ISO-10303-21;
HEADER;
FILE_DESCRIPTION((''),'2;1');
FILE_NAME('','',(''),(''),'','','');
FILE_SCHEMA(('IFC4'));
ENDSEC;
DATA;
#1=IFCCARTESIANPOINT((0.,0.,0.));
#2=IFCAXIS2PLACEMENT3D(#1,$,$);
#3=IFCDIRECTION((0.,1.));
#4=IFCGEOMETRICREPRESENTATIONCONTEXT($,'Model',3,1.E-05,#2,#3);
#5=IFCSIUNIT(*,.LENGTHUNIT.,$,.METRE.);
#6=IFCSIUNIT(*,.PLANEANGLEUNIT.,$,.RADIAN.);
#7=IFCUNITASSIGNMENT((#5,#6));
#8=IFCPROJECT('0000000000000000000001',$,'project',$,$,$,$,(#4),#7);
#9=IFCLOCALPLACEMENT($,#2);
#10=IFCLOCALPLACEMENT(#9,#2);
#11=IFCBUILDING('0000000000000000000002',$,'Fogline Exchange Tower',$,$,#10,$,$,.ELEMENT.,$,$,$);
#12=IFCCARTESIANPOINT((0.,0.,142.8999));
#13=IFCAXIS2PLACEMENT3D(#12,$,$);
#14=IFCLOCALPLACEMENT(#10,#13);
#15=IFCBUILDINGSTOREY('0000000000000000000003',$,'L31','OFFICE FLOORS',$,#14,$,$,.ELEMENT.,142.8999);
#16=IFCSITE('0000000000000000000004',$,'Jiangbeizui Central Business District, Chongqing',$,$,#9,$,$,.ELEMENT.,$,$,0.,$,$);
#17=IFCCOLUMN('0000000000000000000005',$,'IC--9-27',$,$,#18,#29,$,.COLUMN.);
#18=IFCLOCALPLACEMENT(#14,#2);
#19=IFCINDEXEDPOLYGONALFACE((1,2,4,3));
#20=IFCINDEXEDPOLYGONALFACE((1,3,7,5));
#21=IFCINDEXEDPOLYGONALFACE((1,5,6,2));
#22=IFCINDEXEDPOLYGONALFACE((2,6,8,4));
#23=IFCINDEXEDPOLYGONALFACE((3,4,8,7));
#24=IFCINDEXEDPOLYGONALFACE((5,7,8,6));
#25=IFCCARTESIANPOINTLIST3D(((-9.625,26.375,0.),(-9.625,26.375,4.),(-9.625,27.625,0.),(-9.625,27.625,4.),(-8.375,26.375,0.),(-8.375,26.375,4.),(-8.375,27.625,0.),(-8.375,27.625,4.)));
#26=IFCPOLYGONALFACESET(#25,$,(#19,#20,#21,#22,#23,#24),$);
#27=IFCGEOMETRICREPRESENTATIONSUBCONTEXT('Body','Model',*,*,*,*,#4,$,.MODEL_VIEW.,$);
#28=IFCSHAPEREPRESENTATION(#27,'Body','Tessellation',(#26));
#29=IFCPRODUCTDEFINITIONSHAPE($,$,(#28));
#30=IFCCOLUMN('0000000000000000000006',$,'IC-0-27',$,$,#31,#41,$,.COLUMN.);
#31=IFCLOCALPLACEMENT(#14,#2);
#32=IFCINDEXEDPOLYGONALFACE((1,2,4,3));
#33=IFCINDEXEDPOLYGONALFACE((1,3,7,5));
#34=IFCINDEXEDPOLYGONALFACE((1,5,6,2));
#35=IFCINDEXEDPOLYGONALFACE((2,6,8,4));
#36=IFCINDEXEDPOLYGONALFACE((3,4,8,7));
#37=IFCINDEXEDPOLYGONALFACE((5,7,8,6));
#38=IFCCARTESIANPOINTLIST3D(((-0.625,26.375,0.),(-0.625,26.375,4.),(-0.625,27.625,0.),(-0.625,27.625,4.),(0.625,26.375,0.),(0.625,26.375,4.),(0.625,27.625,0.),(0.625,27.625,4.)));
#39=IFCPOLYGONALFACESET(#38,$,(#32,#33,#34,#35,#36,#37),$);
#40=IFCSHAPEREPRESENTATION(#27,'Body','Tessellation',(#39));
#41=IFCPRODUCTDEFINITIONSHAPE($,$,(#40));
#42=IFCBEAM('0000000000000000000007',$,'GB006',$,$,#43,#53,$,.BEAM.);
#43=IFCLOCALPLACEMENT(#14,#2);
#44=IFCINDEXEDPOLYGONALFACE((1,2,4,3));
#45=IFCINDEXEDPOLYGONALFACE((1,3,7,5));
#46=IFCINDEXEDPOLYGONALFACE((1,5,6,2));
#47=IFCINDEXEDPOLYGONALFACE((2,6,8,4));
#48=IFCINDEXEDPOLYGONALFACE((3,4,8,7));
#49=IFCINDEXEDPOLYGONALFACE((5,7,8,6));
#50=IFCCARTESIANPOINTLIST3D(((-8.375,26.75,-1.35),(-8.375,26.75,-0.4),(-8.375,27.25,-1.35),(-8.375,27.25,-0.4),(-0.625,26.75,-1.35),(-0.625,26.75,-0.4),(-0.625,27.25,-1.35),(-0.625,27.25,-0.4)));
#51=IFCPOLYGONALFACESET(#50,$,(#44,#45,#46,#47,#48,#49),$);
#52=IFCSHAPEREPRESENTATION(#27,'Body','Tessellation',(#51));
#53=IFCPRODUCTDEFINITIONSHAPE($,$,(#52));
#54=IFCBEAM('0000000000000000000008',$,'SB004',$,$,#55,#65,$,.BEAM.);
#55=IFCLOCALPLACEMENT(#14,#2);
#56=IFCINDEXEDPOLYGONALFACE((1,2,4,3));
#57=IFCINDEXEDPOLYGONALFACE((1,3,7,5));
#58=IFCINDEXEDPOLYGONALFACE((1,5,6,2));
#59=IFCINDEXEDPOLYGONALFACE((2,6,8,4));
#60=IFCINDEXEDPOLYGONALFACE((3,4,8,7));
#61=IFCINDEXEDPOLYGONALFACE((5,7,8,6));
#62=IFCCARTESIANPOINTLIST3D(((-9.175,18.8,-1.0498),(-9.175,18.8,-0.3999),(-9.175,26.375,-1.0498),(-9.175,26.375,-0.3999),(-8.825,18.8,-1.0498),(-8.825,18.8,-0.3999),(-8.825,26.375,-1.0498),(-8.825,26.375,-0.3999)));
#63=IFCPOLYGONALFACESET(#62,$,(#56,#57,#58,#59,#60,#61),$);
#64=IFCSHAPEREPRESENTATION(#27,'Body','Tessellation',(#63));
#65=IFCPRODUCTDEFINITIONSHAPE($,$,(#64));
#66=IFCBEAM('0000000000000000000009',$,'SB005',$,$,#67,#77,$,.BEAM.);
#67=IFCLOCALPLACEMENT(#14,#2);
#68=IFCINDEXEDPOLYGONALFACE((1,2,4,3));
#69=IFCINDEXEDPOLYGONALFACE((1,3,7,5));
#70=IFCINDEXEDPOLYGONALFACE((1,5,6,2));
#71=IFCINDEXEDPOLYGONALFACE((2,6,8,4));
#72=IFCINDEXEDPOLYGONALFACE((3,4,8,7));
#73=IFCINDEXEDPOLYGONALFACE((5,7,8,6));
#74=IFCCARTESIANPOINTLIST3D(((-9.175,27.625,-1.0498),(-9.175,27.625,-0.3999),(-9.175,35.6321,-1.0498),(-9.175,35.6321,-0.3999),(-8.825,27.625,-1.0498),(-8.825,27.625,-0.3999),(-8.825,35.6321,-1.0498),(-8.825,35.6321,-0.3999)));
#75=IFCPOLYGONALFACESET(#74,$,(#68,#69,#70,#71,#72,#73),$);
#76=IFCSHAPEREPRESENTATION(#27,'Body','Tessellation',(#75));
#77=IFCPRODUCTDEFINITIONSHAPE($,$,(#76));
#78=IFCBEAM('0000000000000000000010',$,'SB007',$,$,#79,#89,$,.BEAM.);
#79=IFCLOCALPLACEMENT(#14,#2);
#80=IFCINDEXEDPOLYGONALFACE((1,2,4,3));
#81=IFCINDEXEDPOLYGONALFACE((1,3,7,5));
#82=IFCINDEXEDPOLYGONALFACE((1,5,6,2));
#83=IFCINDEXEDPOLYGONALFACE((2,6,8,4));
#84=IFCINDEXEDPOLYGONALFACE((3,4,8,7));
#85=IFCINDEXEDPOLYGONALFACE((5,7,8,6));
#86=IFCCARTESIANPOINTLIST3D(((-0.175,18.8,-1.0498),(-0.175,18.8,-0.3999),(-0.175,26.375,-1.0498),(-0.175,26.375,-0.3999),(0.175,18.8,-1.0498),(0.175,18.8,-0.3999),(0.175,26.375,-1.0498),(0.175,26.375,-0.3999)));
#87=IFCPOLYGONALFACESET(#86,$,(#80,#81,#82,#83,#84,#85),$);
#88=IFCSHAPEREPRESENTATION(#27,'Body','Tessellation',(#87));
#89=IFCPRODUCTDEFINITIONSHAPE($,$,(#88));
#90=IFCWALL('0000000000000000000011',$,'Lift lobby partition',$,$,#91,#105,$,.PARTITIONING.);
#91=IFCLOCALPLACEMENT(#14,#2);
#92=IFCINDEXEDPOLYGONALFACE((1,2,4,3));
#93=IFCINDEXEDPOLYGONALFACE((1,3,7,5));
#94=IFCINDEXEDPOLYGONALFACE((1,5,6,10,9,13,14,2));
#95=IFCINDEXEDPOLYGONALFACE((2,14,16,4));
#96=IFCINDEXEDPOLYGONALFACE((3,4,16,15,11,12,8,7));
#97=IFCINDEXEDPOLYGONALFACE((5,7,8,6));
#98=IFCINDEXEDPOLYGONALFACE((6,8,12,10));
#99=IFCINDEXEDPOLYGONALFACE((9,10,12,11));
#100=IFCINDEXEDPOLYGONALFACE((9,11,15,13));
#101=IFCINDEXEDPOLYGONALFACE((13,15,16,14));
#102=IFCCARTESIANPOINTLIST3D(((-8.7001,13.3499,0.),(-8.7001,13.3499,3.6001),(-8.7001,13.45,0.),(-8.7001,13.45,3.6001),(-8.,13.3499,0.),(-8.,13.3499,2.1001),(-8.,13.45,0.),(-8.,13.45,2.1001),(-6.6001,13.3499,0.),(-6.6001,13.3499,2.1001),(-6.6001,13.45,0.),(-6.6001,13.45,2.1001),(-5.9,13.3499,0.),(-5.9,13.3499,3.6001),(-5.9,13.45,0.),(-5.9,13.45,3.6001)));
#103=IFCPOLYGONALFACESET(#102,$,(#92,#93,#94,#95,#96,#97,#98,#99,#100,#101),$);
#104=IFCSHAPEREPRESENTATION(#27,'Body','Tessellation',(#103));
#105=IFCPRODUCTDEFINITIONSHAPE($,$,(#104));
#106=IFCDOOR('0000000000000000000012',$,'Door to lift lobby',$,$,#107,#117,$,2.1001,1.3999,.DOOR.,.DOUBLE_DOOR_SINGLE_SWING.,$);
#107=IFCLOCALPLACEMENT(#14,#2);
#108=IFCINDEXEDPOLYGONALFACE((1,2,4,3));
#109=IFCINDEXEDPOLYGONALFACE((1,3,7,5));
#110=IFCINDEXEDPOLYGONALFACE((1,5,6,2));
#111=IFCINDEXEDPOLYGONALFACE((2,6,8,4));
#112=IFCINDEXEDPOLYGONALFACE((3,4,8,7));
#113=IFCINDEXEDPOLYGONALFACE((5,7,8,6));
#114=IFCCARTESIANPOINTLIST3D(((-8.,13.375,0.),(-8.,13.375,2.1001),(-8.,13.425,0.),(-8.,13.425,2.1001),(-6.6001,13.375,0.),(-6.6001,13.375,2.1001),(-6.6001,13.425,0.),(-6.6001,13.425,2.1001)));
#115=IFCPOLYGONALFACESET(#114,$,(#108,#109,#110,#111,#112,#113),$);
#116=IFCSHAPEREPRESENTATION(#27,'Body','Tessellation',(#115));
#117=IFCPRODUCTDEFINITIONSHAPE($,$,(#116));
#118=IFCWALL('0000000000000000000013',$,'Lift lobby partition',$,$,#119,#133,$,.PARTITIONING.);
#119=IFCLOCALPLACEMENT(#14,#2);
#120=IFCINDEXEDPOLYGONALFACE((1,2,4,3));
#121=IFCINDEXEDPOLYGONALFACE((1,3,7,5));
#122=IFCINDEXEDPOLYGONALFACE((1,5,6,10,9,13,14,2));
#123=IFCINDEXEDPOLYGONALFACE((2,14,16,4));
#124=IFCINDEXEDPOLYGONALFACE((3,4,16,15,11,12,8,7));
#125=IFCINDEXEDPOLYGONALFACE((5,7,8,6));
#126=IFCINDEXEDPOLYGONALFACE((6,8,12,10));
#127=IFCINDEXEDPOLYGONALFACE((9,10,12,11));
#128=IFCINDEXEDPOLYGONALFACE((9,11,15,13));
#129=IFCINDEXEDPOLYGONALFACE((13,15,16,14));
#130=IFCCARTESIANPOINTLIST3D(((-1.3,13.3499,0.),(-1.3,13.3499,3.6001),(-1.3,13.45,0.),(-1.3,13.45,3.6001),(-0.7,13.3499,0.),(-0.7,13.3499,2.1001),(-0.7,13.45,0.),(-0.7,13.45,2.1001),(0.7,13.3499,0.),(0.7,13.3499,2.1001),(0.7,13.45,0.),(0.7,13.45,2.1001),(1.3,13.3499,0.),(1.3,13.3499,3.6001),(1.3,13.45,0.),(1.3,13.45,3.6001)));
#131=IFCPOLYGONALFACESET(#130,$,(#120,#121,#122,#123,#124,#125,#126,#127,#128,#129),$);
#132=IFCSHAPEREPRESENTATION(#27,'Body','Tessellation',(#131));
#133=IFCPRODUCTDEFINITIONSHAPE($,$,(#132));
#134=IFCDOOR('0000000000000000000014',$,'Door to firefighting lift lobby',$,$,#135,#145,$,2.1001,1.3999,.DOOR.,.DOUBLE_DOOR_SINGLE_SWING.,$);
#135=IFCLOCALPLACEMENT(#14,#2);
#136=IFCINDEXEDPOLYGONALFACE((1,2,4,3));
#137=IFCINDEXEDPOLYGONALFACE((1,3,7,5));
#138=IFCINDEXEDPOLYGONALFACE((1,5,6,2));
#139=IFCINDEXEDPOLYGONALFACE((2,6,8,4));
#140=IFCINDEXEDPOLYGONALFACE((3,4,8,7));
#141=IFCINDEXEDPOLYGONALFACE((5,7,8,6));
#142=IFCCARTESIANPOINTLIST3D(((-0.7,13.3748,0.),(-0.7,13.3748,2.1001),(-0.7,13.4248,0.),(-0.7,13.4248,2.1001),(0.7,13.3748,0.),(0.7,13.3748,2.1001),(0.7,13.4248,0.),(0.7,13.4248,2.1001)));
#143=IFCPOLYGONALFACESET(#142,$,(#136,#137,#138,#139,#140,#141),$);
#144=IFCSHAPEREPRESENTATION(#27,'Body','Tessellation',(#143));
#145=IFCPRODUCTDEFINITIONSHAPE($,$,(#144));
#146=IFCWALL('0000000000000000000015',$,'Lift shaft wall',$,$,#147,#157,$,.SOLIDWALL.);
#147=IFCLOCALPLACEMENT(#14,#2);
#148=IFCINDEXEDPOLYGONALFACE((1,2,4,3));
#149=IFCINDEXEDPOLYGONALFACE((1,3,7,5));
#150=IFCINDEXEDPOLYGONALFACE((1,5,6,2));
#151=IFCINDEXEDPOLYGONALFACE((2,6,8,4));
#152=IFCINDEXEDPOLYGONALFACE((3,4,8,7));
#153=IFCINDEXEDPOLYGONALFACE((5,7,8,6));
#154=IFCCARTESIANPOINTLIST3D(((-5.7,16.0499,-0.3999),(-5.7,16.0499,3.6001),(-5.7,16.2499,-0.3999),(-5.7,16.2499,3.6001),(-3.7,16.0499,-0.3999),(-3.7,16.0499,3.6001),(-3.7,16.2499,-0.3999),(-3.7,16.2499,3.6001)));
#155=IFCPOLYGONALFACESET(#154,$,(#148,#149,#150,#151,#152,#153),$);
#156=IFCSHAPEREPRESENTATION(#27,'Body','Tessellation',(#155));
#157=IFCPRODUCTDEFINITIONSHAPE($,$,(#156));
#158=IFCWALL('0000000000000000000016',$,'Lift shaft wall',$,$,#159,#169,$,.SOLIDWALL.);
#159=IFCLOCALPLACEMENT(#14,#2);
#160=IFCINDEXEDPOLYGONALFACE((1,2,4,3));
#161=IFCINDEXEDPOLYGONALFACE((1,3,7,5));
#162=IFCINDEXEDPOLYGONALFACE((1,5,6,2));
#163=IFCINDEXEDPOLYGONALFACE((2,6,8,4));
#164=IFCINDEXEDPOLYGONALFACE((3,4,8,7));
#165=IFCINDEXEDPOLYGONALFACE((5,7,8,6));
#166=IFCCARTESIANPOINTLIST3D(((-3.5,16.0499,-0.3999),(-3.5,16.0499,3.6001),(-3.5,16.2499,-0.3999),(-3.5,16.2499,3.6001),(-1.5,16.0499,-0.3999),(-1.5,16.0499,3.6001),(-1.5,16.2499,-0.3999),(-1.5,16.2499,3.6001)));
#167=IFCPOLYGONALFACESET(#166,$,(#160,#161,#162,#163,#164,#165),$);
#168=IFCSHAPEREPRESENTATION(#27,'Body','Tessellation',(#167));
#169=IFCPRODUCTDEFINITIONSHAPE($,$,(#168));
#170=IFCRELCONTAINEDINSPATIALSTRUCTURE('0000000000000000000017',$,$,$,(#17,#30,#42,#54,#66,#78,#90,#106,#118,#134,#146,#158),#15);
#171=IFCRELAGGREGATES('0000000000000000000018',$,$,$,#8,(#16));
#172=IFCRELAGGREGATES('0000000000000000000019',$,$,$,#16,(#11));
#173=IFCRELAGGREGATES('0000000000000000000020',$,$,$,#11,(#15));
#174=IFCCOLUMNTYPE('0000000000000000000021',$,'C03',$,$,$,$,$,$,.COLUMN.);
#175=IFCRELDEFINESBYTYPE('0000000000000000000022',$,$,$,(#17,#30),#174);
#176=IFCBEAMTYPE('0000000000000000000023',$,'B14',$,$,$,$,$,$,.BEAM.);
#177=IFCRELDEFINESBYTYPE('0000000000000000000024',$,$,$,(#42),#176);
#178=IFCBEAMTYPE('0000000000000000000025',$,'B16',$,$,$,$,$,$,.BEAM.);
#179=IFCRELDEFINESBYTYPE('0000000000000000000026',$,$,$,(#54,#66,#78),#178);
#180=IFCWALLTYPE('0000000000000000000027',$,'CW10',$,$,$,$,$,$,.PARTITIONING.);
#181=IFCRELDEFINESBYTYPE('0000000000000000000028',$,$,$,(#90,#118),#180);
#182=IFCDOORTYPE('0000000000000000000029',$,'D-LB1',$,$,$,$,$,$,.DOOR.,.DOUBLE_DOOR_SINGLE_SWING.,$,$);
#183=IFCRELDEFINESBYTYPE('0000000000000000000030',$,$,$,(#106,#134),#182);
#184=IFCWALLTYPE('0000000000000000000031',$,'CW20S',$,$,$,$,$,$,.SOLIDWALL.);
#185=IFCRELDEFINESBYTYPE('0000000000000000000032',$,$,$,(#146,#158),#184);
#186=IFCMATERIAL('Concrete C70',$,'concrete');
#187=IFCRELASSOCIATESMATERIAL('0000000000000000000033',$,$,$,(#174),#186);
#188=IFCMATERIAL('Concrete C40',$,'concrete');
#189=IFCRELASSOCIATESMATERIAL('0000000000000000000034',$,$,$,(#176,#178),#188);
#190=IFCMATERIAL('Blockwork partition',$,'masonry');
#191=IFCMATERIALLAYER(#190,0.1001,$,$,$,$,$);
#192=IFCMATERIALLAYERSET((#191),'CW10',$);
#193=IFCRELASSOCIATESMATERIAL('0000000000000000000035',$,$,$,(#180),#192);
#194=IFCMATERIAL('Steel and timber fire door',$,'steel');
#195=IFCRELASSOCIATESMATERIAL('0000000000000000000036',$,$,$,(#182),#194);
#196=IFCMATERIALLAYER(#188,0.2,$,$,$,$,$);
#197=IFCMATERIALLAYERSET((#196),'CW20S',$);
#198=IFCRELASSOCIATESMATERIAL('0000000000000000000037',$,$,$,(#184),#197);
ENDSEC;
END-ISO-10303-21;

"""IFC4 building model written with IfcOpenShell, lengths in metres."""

from ifc_helpers import new_model, si_unit, direction, frame, frame_2d, origin, origin_2d, place, context, subcontext, project, spatial, rectangle, extrude, material, layer, layer_set, material_profile, profile_set, type_object, element, fill, save


model = new_model("IFC4")

# Units and contexts
model_context = context("Model", 3, precision=1e-05, world=origin(), true_north=direction((0.0, 1.0)))
body_context = subcontext(model_context, "Body", "Model", "MODEL_VIEW")
ifc_project = project(units=[si_unit("LENGTHUNIT", "METRE"), si_unit("PLANEANGLEUNIT", "RADIAN")], contexts=[model_context])

# Site, building, storey
site_placement = place(None, origin())
site = spatial("IfcSite", under=ifc_project, at=site_placement, Name="Jiangbeizui Central Business District, Chongqing", CompositionType="ELEMENT", RefElevation=0.0)
building_placement = place(site_placement, origin())
building = spatial("IfcBuilding", under=site, at=building_placement, Name="Fogline Exchange Tower", CompositionType="ELEMENT")
storey_placement = place(building_placement, frame((0.0, 0.0, 142.8999)))
storey = spatial("IfcBuildingStorey", under=building, at=storey_placement, Name="L31", Description="OFFICE FLOORS", CompositionType="ELEMENT", Elevation=142.8999)

# Columns
ifc_material_1 = material(Name="Concrete C70", Category="concrete")
ifc_material_profile_1 = material_profile(ifc_material_1, rectangle(XDim=1.25, YDim=1.25, at=origin_2d()), Name="RC 1250x1250")
ifc_profile_set_1 = profile_set([ifc_material_profile_1], Name="Concrete C70")
column_type = type_object("IfcColumnType", Name="C03", PredefinedType="COLUMN", material=ifc_profile_set_1)
for number, where, z_axis, x_axis, name in (
    (1, (-9.0, 27.0, 0.0), (0.0, 0.0, 1.0), (1.0, 0.0, 0.0), "IC--9-27"),
    (2, (0.0, 27.0, 0.0), (0.0, 0.0, 1.0), (1.0, 0.0, 0.0), "IC-0-27"),
):
    element("IfcColumn", number, at=place(storey_placement, frame(where, z_axis=z_axis, x_axis=x_axis)), inside=storey, type_object=column_type, Name=name, PredefinedType="COLUMN", context=body_context, shape_type="SweptSolid", body=[
        extrude(rectangle(XDim=1.25, YDim=1.25, at=origin_2d()), origin(), (0.0, 0.0, 1.0), 4.0),
    ])

# Beams
ifc_material_2 = material(Name="Concrete C40", Category="concrete")
ifc_material_profile_2 = material_profile(ifc_material_2, rectangle(XDim=0.5, YDim=0.95, at=origin_2d()), Name="RC 500x950")
ifc_profile_set_2 = profile_set([ifc_material_profile_2], Name="Concrete C40")
beam_type_1 = type_object("IfcBeamType", Name="B14", PredefinedType="BEAM", material=ifc_profile_set_2)
beam_1_placement = place(storey_placement, frame((-8.375, 27.0, -0.875), z_axis=(1.0, 0.0, 0.0), x_axis=(0.0, 1.0, 0.0)))
element("IfcBeam", 3, at=beam_1_placement, inside=storey, type_object=beam_type_1, Name="GB006", PredefinedType="BEAM", context=body_context, shape_type="SweptSolid", body=[
    extrude(rectangle(XDim=0.5, YDim=0.95, at=origin_2d()), origin(), (0.0, 0.0, 1.0), 7.75),
])
ifc_material_profile_3 = material_profile(ifc_material_2, rectangle(XDim=0.3501, YDim=0.6499, at=origin_2d()), Name="RC 350x650")
ifc_profile_set_3 = profile_set([ifc_material_profile_3], Name="Concrete C40")
beam_type_2 = type_object("IfcBeamType", Name="B16", PredefinedType="BEAM", material=ifc_profile_set_3)
beam_2_placement = place(storey_placement, frame((-9.0, 18.8, -0.7249), z_axis=(0.0, 1.0, 0.0), x_axis=(-1.0, 0.0, 0.0)))
element("IfcBeam", 4, at=beam_2_placement, inside=storey, type_object=beam_type_2, Name="SB004", PredefinedType="BEAM", context=body_context, shape_type="SweptSolid", body=[
    extrude(rectangle(XDim=0.3501, YDim=0.6499, at=origin_2d()), origin(), (0.0, 0.0, 1.0), 7.575),
])
beam_3_placement = place(storey_placement, frame((-9.0, 27.625, -0.7249), z_axis=(0.0, 1.0, 0.0), x_axis=(-1.0, 0.0, 0.0)))
element("IfcBeam", 5, at=beam_3_placement, inside=storey, type_object=beam_type_2, Name="SB005", PredefinedType="BEAM", context=body_context, shape_type="SweptSolid", body=[
    extrude(rectangle(XDim=0.3501, YDim=0.6499, at=origin_2d()), origin(), (0.0, 0.0, 1.0), 8.0071),
])
beam_4_placement = place(storey_placement, frame((0.0, 18.8, -0.7249), z_axis=(0.0, 1.0, 0.0), x_axis=(-1.0, 0.0, 0.0)))
element("IfcBeam", 6, at=beam_4_placement, inside=storey, type_object=beam_type_2, Name="SB007", PredefinedType="BEAM", context=body_context, shape_type="SweptSolid", body=[
    extrude(rectangle(XDim=0.3501, YDim=0.6499, at=origin_2d()), origin(), (0.0, 0.0, 1.0), 7.575),
])

# Walls, openings, doors
ifc_material_3 = material(Name="Blockwork partition", Category="masonry")
ifc_layer_1 = layer(ifc_material_3, 0.1001)
ifc_layer_set_1 = layer_set([ifc_layer_1], Name="CW10")
wall_type_1 = type_object("IfcWallType", Name="CW10", PredefinedType="PARTITIONING", material=ifc_layer_set_1)
wall_1_placement = place(storey_placement, frame((-8.7, 13.3999, 0.0), z_axis=(0.0, 0.0, 1.0), x_axis=(1.0, 0.0, 0.0)))
wall_1 = element("IfcWall", 7, at=wall_1_placement, inside=storey, type_object=wall_type_1, Name="Lift lobby partition", PredefinedType="PARTITIONING", context=body_context, shape_type="SweptSolid", body=[
    extrude(rectangle(XDim=2.8, YDim=0.1001, at=frame_2d((1.3999, 0.0))), origin(), (0.0, 0.0, 1.0), 3.6001),
])
opening_1_placement = place(wall_1_placement, frame((0.7, 0.0, 0.0)))
opening_1 = element("IfcOpeningElement", 8, at=opening_1_placement, cuts=wall_1, PredefinedType="OPENING", context=body_context, shape_type="SweptSolid", body=[
    extrude(rectangle(XDim=1.3999, YDim=2.1001, at=frame_2d((0.7, 1.05))), frame((0.0, 0.0601, 0.0), z_axis=(0.0, -1.0, 0.0), x_axis=(1.0, 0.0, 0.0)), (0.0, 0.0, 1.0), 0.1201),
])
ifc_material_4 = material(Name="Steel and timber fire door", Category="steel")
door_type_1 = type_object("IfcDoorType", Name="D-LB1", OperationType="DOUBLE_DOOR_SINGLE_SWING", PredefinedType="DOOR", material=ifc_material_4)
door_1_placement = place(opening_1_placement, frame((1.3999, 0.0, 0.0), z_axis=(0.0, 0.0, 1.0), x_axis=(-1.0, 0.0, 0.0)))
door_1 = element("IfcDoor", 9, at=door_1_placement, inside=storey, type_object=door_type_1, Name="Door to lift lobby", OperationType="DOUBLE_DOOR_SINGLE_SWING", OverallHeight=2.1001, OverallWidth=1.3999, PredefinedType="DOOR", context=body_context, shape_type="SweptSolid", body=[
    extrude(rectangle(XDim=1.3999, YDim=2.1001, at=frame_2d((0.7, 1.05))), frame((0.0, 0.0249, 0.0), z_axis=(0.0, -1.0, 0.0), x_axis=(1.0, 0.0, 0.0)), (0.0, 0.0, 1.0), 0.05),
])
fill(opening_1, door_1)
wall_2_placement = place(storey_placement, frame((-1.3, 13.3999, 0.0), z_axis=(0.0, 0.0, 1.0), x_axis=(1.0, 0.0, 0.0)))
wall_2 = element("IfcWall", 10, at=wall_2_placement, inside=storey, type_object=wall_type_1, Name="Lift lobby partition", PredefinedType="PARTITIONING", context=body_context, shape_type="SweptSolid", body=[
    extrude(rectangle(XDim=2.6001, YDim=0.1001, at=frame_2d((1.3, 0.0))), origin(), (0.0, 0.0, 1.0), 3.6001),
])
opening_2_placement = place(wall_2_placement, frame((0.6001, 0.0, 0.0)))
opening_2 = element("IfcOpeningElement", 11, at=opening_2_placement, cuts=wall_2, PredefinedType="OPENING", context=body_context, shape_type="SweptSolid", body=[
    extrude(rectangle(XDim=1.3999, YDim=2.1001, at=frame_2d((0.7, 1.05))), frame((0.0, 0.0601, 0.0), z_axis=(0.0, -1.0, 0.0), x_axis=(1.0, 0.0, 0.0)), (0.0, 0.0, 1.0), 0.1201),
])
door_2_placement = place(opening_2_placement, origin())
door_2 = element("IfcDoor", 12, at=door_2_placement, inside=storey, type_object=door_type_1, Name="Door to firefighting lift lobby", OperationType="DOUBLE_DOOR_SINGLE_SWING", OverallHeight=2.1001, OverallWidth=1.3999, PredefinedType="DOOR", context=body_context, shape_type="SweptSolid", body=[
    extrude(rectangle(XDim=1.3999, YDim=2.1001, at=frame_2d((0.7, 1.05))), frame((0.0, 0.0249, 0.0), z_axis=(0.0, -1.0, 0.0), x_axis=(1.0, 0.0, 0.0)), (0.0, 0.0, 1.0), 0.05),
])
fill(opening_2, door_2)

# Walls
ifc_layer_2 = layer(ifc_material_2, 0.2)
ifc_layer_set_2 = layer_set([ifc_layer_2], Name="CW20S")
wall_type_2 = type_object("IfcWallType", Name="CW20S", PredefinedType="SOLIDWALL", material=ifc_layer_set_2)
for number, where, z_axis, x_axis, name in (
    (13, (-5.7, 16.1499, -0.3999), (0.0, 0.0, 1.0), (1.0, 0.0, 0.0), "Lift shaft wall"),
    (14, (-3.5, 16.1499, -0.3999), (0.0, 0.0, 1.0), (1.0, 0.0, 0.0), "Lift shaft wall"),
):
    element("IfcWall", number, at=place(storey_placement, frame(where, z_axis=z_axis, x_axis=x_axis)), inside=storey, type_object=wall_type_2, Name=name, PredefinedType="SOLIDWALL", context=body_context, shape_type="SweptSolid", body=[
        extrude(rectangle(XDim=2.0, YDim=0.2, at=frame_2d((1.0, 0.0))), origin(), (0.0, 0.0, 1.0), 4.0),
    ])

save(model, "model.ifc")
